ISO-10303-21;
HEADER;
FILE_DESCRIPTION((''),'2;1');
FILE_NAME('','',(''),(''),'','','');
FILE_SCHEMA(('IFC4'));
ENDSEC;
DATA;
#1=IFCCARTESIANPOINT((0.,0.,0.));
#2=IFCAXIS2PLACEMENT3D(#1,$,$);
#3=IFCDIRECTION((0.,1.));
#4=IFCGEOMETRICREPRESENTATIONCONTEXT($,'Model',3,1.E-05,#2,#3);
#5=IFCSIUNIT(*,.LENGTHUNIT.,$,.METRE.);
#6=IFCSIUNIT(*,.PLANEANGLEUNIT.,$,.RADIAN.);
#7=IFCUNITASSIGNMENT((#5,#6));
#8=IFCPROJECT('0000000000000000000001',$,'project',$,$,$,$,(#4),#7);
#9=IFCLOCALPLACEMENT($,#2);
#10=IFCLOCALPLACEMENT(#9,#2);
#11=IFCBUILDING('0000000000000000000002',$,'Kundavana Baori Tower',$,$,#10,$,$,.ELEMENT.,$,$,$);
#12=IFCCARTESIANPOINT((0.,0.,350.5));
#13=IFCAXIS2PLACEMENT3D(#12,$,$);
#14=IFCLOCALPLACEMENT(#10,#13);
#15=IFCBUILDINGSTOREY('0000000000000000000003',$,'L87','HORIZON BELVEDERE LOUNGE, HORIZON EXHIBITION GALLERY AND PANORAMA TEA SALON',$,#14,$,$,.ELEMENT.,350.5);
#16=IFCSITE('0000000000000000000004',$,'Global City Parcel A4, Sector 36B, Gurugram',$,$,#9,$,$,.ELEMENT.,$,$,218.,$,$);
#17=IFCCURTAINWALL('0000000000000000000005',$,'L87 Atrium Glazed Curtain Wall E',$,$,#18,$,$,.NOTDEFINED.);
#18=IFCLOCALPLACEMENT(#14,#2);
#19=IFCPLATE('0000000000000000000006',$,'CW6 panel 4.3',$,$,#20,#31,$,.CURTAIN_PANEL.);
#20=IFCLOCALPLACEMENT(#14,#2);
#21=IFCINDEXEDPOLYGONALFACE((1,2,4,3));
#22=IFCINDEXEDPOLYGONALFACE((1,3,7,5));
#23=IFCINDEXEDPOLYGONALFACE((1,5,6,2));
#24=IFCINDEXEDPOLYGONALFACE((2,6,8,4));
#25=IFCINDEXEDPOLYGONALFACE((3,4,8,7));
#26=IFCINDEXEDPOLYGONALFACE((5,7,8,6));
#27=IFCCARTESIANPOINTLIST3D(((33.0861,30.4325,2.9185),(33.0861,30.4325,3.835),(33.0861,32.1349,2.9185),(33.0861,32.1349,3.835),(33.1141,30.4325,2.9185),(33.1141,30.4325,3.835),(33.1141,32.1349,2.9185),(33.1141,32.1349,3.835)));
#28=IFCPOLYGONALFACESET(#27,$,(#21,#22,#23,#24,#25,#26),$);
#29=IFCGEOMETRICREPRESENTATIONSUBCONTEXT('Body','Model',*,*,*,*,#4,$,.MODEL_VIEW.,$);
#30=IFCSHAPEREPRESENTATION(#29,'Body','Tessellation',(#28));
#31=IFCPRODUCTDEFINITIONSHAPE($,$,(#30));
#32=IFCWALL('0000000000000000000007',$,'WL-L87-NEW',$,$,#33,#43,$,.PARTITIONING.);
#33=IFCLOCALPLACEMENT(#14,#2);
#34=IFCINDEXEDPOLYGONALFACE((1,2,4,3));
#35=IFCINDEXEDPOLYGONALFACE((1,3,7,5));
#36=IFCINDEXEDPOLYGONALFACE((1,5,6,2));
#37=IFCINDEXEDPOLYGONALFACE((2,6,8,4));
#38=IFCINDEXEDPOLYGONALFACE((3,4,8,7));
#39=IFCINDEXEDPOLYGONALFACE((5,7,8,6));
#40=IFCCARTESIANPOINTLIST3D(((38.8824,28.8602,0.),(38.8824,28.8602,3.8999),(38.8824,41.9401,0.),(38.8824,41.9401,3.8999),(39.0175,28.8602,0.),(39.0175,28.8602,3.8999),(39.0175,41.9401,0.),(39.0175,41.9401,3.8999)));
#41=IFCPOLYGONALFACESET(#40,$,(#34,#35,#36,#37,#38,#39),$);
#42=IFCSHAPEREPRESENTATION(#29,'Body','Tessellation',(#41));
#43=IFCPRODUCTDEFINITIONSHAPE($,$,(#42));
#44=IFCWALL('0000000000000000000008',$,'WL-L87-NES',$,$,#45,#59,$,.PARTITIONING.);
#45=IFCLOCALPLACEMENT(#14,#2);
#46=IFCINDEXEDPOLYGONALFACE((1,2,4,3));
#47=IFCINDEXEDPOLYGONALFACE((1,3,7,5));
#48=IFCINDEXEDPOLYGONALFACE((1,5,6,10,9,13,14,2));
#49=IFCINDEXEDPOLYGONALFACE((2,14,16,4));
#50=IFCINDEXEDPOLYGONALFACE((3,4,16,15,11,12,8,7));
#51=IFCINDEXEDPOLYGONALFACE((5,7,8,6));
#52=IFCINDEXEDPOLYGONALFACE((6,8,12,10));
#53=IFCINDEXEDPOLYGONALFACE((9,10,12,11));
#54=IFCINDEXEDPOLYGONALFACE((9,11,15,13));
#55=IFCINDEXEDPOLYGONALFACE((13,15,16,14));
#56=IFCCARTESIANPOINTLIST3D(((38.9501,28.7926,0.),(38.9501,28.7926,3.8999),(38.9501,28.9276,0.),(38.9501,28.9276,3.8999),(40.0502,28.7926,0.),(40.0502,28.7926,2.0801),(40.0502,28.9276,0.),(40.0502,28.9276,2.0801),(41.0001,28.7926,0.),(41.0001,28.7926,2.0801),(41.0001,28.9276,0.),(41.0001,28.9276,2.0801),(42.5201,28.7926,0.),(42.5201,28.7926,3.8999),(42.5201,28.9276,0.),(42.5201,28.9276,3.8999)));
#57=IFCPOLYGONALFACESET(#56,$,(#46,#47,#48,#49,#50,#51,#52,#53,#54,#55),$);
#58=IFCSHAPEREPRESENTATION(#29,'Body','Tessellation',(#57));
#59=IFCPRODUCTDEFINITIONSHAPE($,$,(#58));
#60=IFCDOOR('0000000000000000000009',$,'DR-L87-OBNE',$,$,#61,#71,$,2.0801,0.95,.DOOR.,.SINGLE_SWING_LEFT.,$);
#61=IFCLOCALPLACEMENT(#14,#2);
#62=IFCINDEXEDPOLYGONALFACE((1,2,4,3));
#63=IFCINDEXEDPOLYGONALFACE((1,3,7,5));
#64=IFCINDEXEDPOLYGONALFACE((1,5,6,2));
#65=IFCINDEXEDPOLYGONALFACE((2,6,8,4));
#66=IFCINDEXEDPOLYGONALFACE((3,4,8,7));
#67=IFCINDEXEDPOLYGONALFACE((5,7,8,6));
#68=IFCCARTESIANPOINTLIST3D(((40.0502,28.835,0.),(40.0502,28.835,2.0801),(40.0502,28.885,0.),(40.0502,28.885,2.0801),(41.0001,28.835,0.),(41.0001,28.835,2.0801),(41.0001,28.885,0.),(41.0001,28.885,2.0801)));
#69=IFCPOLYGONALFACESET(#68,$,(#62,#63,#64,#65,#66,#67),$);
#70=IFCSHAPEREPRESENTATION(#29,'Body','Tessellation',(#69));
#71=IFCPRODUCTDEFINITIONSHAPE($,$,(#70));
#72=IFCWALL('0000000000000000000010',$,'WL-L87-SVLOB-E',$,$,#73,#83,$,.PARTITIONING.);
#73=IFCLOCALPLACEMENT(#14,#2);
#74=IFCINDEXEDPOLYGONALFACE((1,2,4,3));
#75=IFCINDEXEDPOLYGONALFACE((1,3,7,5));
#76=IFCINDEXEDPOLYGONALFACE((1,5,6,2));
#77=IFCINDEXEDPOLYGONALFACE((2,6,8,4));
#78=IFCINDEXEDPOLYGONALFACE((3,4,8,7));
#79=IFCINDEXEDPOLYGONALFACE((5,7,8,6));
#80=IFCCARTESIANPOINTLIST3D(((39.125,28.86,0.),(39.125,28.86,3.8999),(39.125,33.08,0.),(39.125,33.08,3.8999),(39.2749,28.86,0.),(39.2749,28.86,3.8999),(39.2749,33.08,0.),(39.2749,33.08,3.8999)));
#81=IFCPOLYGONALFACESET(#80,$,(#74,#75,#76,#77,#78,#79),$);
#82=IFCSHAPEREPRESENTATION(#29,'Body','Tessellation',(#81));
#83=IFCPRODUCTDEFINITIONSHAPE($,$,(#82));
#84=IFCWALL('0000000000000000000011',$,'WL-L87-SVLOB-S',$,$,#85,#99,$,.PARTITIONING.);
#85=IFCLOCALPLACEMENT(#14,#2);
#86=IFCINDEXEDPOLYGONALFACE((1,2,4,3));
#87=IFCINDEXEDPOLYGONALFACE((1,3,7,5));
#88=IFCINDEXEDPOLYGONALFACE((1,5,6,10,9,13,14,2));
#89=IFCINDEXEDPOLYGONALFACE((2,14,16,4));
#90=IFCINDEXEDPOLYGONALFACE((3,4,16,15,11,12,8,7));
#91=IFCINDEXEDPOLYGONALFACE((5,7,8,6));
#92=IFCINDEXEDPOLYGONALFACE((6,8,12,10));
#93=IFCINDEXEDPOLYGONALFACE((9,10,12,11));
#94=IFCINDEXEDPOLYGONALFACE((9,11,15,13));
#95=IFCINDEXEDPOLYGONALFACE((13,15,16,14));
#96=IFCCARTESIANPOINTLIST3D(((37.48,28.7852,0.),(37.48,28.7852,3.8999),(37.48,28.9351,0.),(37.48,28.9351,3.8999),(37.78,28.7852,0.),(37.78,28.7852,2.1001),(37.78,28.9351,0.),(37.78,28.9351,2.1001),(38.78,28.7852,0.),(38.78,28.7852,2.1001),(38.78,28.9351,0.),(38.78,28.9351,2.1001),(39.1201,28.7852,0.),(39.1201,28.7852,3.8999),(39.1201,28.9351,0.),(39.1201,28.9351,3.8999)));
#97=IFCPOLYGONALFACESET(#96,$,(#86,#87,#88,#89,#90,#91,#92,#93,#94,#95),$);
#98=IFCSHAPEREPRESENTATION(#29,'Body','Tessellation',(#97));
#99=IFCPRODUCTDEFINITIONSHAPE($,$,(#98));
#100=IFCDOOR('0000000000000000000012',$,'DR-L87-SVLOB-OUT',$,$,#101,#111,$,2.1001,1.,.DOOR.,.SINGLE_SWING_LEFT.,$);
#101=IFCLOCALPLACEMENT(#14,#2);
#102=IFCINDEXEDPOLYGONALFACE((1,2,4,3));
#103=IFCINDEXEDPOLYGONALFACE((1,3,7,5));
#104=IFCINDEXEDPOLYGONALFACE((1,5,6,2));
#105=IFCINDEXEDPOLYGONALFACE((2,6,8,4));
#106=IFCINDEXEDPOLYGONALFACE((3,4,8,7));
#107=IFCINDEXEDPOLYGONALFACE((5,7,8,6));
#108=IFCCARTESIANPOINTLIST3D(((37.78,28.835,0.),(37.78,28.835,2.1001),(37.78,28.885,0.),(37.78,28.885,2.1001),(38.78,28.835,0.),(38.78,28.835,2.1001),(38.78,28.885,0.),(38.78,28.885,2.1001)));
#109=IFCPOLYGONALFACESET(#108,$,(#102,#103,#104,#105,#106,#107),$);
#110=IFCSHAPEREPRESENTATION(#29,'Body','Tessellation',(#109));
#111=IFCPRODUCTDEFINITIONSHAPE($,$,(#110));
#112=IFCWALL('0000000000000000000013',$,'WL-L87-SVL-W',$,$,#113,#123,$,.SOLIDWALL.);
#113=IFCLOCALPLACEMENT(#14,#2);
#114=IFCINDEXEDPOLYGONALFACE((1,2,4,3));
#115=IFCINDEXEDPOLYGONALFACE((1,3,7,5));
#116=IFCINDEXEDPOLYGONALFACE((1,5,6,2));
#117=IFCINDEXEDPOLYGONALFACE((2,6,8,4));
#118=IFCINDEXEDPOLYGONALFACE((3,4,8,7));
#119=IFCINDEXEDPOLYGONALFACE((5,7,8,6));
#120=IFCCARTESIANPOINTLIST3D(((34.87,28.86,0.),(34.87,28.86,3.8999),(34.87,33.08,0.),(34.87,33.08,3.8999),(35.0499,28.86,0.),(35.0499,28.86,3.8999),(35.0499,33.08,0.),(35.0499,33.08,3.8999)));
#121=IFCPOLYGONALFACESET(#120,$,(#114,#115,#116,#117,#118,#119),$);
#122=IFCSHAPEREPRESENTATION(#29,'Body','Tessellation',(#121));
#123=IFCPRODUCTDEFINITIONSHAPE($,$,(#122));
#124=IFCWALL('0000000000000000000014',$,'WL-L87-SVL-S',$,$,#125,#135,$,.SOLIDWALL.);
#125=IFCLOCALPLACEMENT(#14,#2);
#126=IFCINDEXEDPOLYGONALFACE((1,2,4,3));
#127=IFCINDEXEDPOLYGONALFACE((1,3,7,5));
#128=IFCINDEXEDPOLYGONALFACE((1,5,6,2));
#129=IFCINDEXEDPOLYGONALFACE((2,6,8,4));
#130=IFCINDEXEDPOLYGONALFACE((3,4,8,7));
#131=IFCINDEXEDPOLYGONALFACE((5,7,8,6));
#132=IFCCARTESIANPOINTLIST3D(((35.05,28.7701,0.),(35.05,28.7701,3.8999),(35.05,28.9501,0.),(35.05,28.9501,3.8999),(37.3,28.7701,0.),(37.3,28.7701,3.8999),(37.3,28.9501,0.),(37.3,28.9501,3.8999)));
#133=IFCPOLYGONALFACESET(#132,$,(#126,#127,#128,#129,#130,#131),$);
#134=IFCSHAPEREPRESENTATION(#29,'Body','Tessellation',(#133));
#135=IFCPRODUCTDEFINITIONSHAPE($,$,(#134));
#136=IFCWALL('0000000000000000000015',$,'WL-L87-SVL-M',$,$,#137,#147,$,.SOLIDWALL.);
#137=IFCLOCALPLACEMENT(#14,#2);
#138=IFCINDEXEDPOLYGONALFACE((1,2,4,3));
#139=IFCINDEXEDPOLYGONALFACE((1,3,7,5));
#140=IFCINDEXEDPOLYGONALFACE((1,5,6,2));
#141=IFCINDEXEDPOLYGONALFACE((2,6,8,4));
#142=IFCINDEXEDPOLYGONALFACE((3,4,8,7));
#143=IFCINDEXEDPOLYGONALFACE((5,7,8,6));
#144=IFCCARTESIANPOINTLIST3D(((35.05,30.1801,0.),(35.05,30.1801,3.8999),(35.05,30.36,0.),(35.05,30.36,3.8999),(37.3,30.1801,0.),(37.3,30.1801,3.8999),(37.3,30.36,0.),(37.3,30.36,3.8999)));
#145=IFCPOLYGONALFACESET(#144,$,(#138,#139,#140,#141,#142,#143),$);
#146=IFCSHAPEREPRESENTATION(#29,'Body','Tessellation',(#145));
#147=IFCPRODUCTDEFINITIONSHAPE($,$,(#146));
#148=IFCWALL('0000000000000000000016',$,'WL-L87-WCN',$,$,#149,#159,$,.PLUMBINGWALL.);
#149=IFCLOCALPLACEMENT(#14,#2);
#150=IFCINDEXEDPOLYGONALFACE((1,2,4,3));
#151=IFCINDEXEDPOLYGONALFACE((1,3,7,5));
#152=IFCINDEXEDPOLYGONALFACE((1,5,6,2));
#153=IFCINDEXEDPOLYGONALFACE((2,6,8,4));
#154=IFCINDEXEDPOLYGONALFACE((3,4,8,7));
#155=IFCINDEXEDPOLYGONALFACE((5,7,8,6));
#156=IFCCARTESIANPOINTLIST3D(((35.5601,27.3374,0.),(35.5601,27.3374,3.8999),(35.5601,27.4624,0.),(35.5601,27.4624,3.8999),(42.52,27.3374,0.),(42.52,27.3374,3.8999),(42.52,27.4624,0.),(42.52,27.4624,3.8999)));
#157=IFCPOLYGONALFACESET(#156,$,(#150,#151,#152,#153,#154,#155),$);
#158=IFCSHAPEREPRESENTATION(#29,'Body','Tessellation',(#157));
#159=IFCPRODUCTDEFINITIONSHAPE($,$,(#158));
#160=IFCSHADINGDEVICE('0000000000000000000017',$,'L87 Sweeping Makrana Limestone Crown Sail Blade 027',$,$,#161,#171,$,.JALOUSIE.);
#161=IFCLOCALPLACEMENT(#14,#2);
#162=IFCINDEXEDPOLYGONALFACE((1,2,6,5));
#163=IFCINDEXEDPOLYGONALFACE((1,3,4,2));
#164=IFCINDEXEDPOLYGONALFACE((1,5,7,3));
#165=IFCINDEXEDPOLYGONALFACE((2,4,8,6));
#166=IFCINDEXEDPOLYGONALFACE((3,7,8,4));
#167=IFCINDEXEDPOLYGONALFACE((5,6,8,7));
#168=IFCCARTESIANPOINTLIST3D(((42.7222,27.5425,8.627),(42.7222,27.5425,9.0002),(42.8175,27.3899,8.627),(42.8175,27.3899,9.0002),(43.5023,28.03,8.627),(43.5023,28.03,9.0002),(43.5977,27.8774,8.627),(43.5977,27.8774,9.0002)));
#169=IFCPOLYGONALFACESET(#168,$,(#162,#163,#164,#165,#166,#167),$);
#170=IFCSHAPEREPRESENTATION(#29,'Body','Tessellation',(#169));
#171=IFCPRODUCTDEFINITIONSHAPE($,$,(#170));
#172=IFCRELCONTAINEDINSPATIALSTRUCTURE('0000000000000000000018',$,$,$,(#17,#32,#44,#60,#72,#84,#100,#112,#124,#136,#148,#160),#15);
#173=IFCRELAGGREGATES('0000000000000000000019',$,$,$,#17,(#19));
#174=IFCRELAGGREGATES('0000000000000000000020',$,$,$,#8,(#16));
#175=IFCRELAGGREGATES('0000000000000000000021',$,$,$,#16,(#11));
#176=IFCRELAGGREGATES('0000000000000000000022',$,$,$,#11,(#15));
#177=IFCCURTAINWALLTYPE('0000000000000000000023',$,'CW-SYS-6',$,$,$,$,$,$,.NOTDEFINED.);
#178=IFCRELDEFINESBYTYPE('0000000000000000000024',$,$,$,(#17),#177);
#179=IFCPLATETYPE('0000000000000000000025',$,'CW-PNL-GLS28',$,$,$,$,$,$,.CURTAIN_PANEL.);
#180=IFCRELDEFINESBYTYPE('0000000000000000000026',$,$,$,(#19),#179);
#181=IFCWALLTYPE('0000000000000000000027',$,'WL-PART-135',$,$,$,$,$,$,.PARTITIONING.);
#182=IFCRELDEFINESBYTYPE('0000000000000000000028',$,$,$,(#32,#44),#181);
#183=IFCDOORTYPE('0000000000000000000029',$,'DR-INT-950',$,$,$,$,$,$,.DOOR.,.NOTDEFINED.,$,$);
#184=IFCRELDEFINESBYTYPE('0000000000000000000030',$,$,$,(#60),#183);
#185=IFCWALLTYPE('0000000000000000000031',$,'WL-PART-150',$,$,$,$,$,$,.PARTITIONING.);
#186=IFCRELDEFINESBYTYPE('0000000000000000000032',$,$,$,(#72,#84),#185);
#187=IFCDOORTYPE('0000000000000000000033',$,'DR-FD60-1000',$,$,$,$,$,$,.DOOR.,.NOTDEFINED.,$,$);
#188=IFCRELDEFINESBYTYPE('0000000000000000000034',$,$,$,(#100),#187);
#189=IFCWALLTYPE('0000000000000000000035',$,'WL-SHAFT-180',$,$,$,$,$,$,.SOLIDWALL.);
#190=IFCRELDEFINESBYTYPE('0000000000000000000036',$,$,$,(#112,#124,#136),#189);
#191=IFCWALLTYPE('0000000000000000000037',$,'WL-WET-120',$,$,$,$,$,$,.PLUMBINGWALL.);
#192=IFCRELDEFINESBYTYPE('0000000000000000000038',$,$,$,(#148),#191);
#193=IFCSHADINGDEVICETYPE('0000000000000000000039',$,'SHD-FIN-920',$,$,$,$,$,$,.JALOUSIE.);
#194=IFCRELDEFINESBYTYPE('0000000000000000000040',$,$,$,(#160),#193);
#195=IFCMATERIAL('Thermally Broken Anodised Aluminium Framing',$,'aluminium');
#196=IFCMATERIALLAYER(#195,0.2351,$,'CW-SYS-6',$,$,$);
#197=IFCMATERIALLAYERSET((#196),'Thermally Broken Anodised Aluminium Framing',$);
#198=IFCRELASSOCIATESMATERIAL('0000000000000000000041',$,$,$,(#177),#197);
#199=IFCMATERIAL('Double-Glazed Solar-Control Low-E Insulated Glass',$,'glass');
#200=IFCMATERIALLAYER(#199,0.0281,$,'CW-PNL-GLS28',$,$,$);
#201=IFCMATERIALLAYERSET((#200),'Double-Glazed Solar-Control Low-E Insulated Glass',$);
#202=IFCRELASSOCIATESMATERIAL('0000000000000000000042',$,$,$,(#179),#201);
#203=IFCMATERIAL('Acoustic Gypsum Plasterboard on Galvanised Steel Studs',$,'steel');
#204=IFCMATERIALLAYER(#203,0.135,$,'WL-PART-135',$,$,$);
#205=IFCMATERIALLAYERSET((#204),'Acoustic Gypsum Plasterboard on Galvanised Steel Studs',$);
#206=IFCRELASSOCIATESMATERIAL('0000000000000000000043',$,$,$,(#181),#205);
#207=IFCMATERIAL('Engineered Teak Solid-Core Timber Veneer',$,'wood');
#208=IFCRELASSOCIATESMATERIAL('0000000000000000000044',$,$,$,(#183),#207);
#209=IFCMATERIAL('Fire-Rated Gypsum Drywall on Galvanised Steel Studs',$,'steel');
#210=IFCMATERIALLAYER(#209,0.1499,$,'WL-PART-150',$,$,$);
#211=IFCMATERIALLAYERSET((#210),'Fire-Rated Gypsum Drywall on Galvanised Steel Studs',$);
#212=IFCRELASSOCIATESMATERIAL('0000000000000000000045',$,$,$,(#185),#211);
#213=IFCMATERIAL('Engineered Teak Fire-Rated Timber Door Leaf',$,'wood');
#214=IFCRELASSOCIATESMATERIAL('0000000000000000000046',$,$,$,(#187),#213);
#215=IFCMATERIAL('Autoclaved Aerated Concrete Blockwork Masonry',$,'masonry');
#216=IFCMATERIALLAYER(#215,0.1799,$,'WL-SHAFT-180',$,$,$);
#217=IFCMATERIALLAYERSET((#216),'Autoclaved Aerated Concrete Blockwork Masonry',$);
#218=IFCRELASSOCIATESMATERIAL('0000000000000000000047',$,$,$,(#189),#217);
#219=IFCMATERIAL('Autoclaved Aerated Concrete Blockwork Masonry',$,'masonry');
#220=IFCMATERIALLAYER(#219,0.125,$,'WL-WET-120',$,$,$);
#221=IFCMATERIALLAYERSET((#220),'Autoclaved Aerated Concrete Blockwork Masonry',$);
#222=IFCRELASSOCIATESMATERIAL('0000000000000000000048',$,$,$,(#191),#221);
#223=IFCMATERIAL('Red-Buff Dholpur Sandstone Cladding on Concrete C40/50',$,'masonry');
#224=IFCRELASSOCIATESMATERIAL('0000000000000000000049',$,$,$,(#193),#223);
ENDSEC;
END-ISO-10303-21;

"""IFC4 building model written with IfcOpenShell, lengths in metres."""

from ifc_helpers import new_model, si_unit, direction, frame, frame_2d, origin, origin_2d, place, context, subcontext, project, spatial, rectangle, extrude, material, layer, layer_set, type_object, element, fill, aggregate, save


model = new_model("IFC4")

# Units and contexts
model_context = context("Model", 3, precision=1e-05, world=origin(), true_north=direction((0.0, 1.0)))
body_context = subcontext(model_context, "Body", "Model", "MODEL_VIEW")
ifc_project = project(units=[si_unit("LENGTHUNIT", "METRE"), si_unit("PLANEANGLEUNIT", "RADIAN")], contexts=[model_context])

# Site, building, storey
site_placement = place(None, origin())
site = spatial("IfcSite", under=ifc_project, at=site_placement, Name="Global City Parcel A4, Sector 36B, Gurugram", CompositionType="ELEMENT", RefElevation=218.0)
building_placement = place(site_placement, origin())
building = spatial("IfcBuilding", under=site, at=building_placement, Name="Kundavana Baori Tower", CompositionType="ELEMENT")
storey_placement = place(building_placement, frame((0.0, 0.0, 350.5)))
storey = spatial("IfcBuildingStorey", under=building, at=storey_placement, Name="L87", Description="HORIZON BELVEDERE LOUNGE, HORIZON EXHIBITION GALLERY AND PANORAMA TEA SALON", CompositionType="ELEMENT", Elevation=350.5)

# Curtain wall, plate
ifc_material_1 = material(Name="Thermally Broken Anodised Aluminium Framing", Category="aluminium")
ifc_layer_1 = layer(ifc_material_1, 0.2351, Name="CW-SYS-6")
ifc_layer_set_1 = layer_set([ifc_layer_1], Name="Thermally Broken Anodised Aluminium Framing")
curtain_wall_type = type_object("IfcCurtainWallType", Name="CW-SYS-6", PredefinedType="NOTDEFINED", material=ifc_layer_set_1)
curtain_wall_placement = place(storey_placement, origin())
curtain_wall = element("IfcCurtainWall", 1, at=curtain_wall_placement, inside=storey, type_object=curtain_wall_type, Name="L87 Atrium Glazed Curtain Wall E", PredefinedType="NOTDEFINED")
ifc_material_2 = material(Name="Double-Glazed Solar-Control Low-E Insulated Glass", Category="glass")
ifc_layer_2 = layer(ifc_material_2, 0.0281, Name="CW-PNL-GLS28")
ifc_layer_set_2 = layer_set([ifc_layer_2], Name="Double-Glazed Solar-Control Low-E Insulated Glass")
plate_type = type_object("IfcPlateType", Name="CW-PNL-GLS28", PredefinedType="CURTAIN_PANEL", material=ifc_layer_set_2)
plate_1_placement = place(storey_placement, frame((33.1001, 31.2837, 2.9185), z_axis=(0.0, 0.0, 1.0), x_axis=(0.0, 1.0, 0.0)))
plate_1 = element("IfcPlate", 2, at=plate_1_placement, type_object=plate_type, Name="CW6 panel 4.3", PredefinedType="CURTAIN_PANEL", context=body_context, shape_type="SweptSolid", body=[
    extrude(rectangle(XDim=1.7024, YDim=0.0281, at=origin_2d()), origin(), (0.0, 0.0, 1.0), 0.9165),
])
aggregate(curtain_wall, [plate_1])

# Wall
ifc_material_3 = material(Name="Acoustic Gypsum Plasterboard on Galvanised Steel Studs", Category="steel")
ifc_layer_3 = layer(ifc_material_3, 0.135, Name="WL-PART-135")
ifc_layer_set_3 = layer_set([ifc_layer_3], Name="Acoustic Gypsum Plasterboard on Galvanised Steel Studs")
wall_type_1 = type_object("IfcWallType", Name="WL-PART-135", PredefinedType="PARTITIONING", material=ifc_layer_set_3)
wall_1_placement = place(storey_placement, frame((38.95, 28.8601, 0.0), z_axis=(0.0, 0.0, 1.0), x_axis=(0.0, 1.0, 0.0)))
element("IfcWall", 3, at=wall_1_placement, inside=storey, type_object=wall_type_1, Name="WL-L87-NEW", PredefinedType="PARTITIONING", context=body_context, shape_type="SweptSolid", body=[
    extrude(rectangle(XDim=13.0798, YDim=0.135, at=frame_2d((6.54, 0.0))), origin(), (0.0, 0.0, 1.0), 3.8999),
])

# Wall, opening, door
wall_2_placement = place(storey_placement, frame((38.95, 28.8601, 0.0), z_axis=(0.0, 0.0, 1.0), x_axis=(1.0, 0.0, 0.0)))
wall_2 = element("IfcWall", 4, at=wall_2_placement, inside=storey, type_object=wall_type_1, Name="WL-L87-NES", PredefinedType="PARTITIONING", context=body_context, shape_type="SweptSolid", body=[
    extrude(rectangle(XDim=3.5701, YDim=0.135, at=frame_2d((1.7852, 0.0))), origin(), (0.0, 0.0, 1.0), 3.8999),
])
opening_1_placement = place(wall_2_placement, frame((1.1001, 0.0, 0.0)))
opening_1 = element("IfcOpeningElement", 5, at=opening_1_placement, cuts=wall_2, PredefinedType="OPENING", context=body_context, shape_type="SweptSolid", body=[
    extrude(rectangle(XDim=0.95, YDim=2.0801, at=frame_2d((0.4751, 1.04))), frame((0.0, 0.0776, 0.0), z_axis=(0.0, -1.0, 0.0), x_axis=(1.0, 0.0, 0.0)), (0.0, 0.0, 1.0), 0.155),
])
ifc_material_4 = material(Name="Engineered Teak Solid-Core Timber Veneer", Category="wood")
door_type_1 = type_object("IfcDoorType", Name="DR-INT-950", OperationType="NOTDEFINED", PredefinedType="DOOR", material=ifc_material_4)
door_1_placement = place(opening_1_placement, origin())
door_1 = element("IfcDoor", 6, at=door_1_placement, inside=storey, type_object=door_type_1, Name="DR-L87-OBNE", OperationType="SINGLE_SWING_LEFT", OverallHeight=2.0801, OverallWidth=0.95, PredefinedType="DOOR", context=body_context, shape_type="SweptSolid", body=[
    extrude(rectangle(XDim=0.95, YDim=2.0801, at=frame_2d((0.4751, 1.04))), frame((0.0, 0.0249, 0.0), z_axis=(0.0, -1.0, 0.0), x_axis=(1.0, 0.0, 0.0)), (0.0, 0.0, 1.0), 0.05),
])
fill(opening_1, door_1)

# Wall
ifc_material_5 = material(Name="Fire-Rated Gypsum Drywall on Galvanised Steel Studs", Category="steel")
ifc_layer_4 = layer(ifc_material_5, 0.1499, Name="WL-PART-150")
ifc_layer_set_4 = layer_set([ifc_layer_4], Name="Fire-Rated Gypsum Drywall on Galvanised Steel Studs")
wall_type_2 = type_object("IfcWallType", Name="WL-PART-150", PredefinedType="PARTITIONING", material=ifc_layer_set_4)
wall_3_placement = place(storey_placement, frame((39.2, 28.8601, 0.0), z_axis=(0.0, 0.0, 1.0), x_axis=(0.0, 1.0, 0.0)))
element("IfcWall", 7, at=wall_3_placement, inside=storey, type_object=wall_type_2, Name="WL-L87-SVLOB-E", PredefinedType="PARTITIONING", context=body_context, shape_type="SweptSolid", body=[
    extrude(rectangle(XDim=4.22, YDim=0.1499, at=frame_2d((2.1099, 0.0))), origin(), (0.0, 0.0, 1.0), 3.8999),
])

# Wall, opening, door
wall_4_placement = place(storey_placement, frame((37.48, 28.8601, 0.0), z_axis=(0.0, 0.0, 1.0), x_axis=(1.0, 0.0, 0.0)))
wall_4 = element("IfcWall", 8, at=wall_4_placement, inside=storey, type_object=wall_type_2, Name="WL-L87-SVLOB-S", PredefinedType="PARTITIONING", context=body_context, shape_type="SweptSolid", body=[
    extrude(rectangle(XDim=1.6401, YDim=0.1499, at=frame_2d((0.8201, 0.0))), origin(), (0.0, 0.0, 1.0), 3.8999),
])
opening_2_placement = place(wall_4_placement, frame((0.3, 0.0, 0.0)))
opening_2 = element("IfcOpeningElement", 9, at=opening_2_placement, cuts=wall_4, PredefinedType="OPENING", context=body_context, shape_type="SweptSolid", body=[
    extrude(rectangle(XDim=1.0, YDim=2.1001, at=frame_2d((0.5, 1.05))), frame((0.0, 0.085, 0.0), z_axis=(0.0, -1.0, 0.0), x_axis=(1.0, 0.0, 0.0)), (0.0, 0.0, 1.0), 0.1699),
])
ifc_material_6 = material(Name="Engineered Teak Fire-Rated Timber Door Leaf", Category="wood")
door_type_2 = type_object("IfcDoorType", Name="DR-FD60-1000", OperationType="NOTDEFINED", PredefinedType="DOOR", material=ifc_material_6)
door_2_placement = place(opening_2_placement, origin())
door_2 = element("IfcDoor", 10, at=door_2_placement, inside=storey, type_object=door_type_2, Name="DR-L87-SVLOB-OUT", OperationType="SINGLE_SWING_LEFT", OverallHeight=2.1001, OverallWidth=1.0, PredefinedType="DOOR", context=body_context, shape_type="SweptSolid", body=[
    extrude(rectangle(XDim=1.0, YDim=2.1001, at=frame_2d((0.5, 1.05))), frame((0.0, 0.0249, 0.0), z_axis=(0.0, -1.0, 0.0), x_axis=(1.0, 0.0, 0.0)), (0.0, 0.0, 1.0), 0.05),
])
fill(opening_2, door_2)

# Wall
ifc_material_7 = material(Name="Autoclaved Aerated Concrete Blockwork Masonry", Category="masonry")
ifc_layer_5 = layer(ifc_material_7, 0.1799, Name="WL-SHAFT-180")
ifc_layer_set_5 = layer_set([ifc_layer_5], Name="Autoclaved Aerated Concrete Blockwork Masonry")
wall_type_3 = type_object("IfcWallType", Name="WL-SHAFT-180", PredefinedType="SOLIDWALL", material=ifc_layer_set_5)
wall_5_placement = place(storey_placement, frame((34.96, 28.8601, 0.0), z_axis=(0.0, 0.0, 1.0), x_axis=(0.0, 1.0, 0.0)))
element("IfcWall", 11, at=wall_5_placement, inside=storey, type_object=wall_type_3, Name="WL-L87-SVL-W", PredefinedType="SOLIDWALL", context=body_context, shape_type="SweptSolid", body=[
    extrude(rectangle(XDim=4.22, YDim=0.1799, at=frame_2d((2.1099, 0.0))), origin(), (0.0, 0.0, 1.0), 3.8999),
])

# Walls
for number, where, z_axis, x_axis, name in (
    (12, (35.05, 28.8601, 0.0), (0.0, 0.0, 1.0), (1.0, 0.0, 0.0), "WL-L87-SVL-S"),
    (13, (35.05, 30.27, 0.0), (0.0, 0.0, 1.0), (1.0, 0.0, 0.0), "WL-L87-SVL-M"),
):
    element("IfcWall", number, at=place(storey_placement, frame(where, z_axis=z_axis, x_axis=x_axis)), inside=storey, type_object=wall_type_3, Name=name, PredefinedType="SOLIDWALL", context=body_context, shape_type="SweptSolid", body=[
        extrude(rectangle(XDim=2.25, YDim=0.1799, at=frame_2d((1.125, 0.0))), origin(), (0.0, 0.0, 1.0), 3.8999),
    ])
ifc_material_8 = material(Name="Autoclaved Aerated Concrete Blockwork Masonry", Category="masonry")
ifc_layer_6 = layer(ifc_material_8, 0.125, Name="WL-WET-120")
ifc_layer_set_6 = layer_set([ifc_layer_6], Name="Autoclaved Aerated Concrete Blockwork Masonry")
wall_type_4 = type_object("IfcWallType", Name="WL-WET-120", PredefinedType="PLUMBINGWALL", material=ifc_layer_set_6)
wall_6_placement = place(storey_placement, frame((35.5601, 27.3999, 0.0), z_axis=(0.0, 0.0, 1.0), x_axis=(1.0, 0.0, 0.0)))
element("IfcWall", 14, at=wall_6_placement, inside=storey, type_object=wall_type_4, Name="WL-L87-WCN", PredefinedType="PLUMBINGWALL", context=body_context, shape_type="SweptSolid", body=[
    extrude(rectangle(XDim=6.96, YDim=0.125, at=frame_2d((3.48, 0.0))), origin(), (0.0, 0.0, 1.0), 3.8999),
])

# Shading device
ifc_material_9 = material(Name="Red-Buff Dholpur Sandstone Cladding on Concrete C40/50", Category="masonry")
shading_device_type = type_object("IfcShadingDeviceType", Name="SHD-FIN-920", PredefinedType="JALOUSIE", material=ifc_material_9)
shading_device_1_placement = place(storey_placement, frame((43.1599, 27.71, 8.627), z_axis=(0.0, 0.0, 1.0), x_axis=(-0.529919, 0.848048, 0.0)))
element("IfcShadingDevice", 15, at=shading_device_1_placement, inside=storey, type_object=shading_device_type, Name="L87 Sweeping Makrana Limestone Crown Sail Blade 027", PredefinedType="JALOUSIE", context=body_context, shape_type="SweptSolid", body=[
    extrude(rectangle(XDim=0.1799, YDim=0.9199, at=origin_2d()), origin(), (0.0, 0.0, 1.0), 0.3733),
])

save(model, "model.ifc")
